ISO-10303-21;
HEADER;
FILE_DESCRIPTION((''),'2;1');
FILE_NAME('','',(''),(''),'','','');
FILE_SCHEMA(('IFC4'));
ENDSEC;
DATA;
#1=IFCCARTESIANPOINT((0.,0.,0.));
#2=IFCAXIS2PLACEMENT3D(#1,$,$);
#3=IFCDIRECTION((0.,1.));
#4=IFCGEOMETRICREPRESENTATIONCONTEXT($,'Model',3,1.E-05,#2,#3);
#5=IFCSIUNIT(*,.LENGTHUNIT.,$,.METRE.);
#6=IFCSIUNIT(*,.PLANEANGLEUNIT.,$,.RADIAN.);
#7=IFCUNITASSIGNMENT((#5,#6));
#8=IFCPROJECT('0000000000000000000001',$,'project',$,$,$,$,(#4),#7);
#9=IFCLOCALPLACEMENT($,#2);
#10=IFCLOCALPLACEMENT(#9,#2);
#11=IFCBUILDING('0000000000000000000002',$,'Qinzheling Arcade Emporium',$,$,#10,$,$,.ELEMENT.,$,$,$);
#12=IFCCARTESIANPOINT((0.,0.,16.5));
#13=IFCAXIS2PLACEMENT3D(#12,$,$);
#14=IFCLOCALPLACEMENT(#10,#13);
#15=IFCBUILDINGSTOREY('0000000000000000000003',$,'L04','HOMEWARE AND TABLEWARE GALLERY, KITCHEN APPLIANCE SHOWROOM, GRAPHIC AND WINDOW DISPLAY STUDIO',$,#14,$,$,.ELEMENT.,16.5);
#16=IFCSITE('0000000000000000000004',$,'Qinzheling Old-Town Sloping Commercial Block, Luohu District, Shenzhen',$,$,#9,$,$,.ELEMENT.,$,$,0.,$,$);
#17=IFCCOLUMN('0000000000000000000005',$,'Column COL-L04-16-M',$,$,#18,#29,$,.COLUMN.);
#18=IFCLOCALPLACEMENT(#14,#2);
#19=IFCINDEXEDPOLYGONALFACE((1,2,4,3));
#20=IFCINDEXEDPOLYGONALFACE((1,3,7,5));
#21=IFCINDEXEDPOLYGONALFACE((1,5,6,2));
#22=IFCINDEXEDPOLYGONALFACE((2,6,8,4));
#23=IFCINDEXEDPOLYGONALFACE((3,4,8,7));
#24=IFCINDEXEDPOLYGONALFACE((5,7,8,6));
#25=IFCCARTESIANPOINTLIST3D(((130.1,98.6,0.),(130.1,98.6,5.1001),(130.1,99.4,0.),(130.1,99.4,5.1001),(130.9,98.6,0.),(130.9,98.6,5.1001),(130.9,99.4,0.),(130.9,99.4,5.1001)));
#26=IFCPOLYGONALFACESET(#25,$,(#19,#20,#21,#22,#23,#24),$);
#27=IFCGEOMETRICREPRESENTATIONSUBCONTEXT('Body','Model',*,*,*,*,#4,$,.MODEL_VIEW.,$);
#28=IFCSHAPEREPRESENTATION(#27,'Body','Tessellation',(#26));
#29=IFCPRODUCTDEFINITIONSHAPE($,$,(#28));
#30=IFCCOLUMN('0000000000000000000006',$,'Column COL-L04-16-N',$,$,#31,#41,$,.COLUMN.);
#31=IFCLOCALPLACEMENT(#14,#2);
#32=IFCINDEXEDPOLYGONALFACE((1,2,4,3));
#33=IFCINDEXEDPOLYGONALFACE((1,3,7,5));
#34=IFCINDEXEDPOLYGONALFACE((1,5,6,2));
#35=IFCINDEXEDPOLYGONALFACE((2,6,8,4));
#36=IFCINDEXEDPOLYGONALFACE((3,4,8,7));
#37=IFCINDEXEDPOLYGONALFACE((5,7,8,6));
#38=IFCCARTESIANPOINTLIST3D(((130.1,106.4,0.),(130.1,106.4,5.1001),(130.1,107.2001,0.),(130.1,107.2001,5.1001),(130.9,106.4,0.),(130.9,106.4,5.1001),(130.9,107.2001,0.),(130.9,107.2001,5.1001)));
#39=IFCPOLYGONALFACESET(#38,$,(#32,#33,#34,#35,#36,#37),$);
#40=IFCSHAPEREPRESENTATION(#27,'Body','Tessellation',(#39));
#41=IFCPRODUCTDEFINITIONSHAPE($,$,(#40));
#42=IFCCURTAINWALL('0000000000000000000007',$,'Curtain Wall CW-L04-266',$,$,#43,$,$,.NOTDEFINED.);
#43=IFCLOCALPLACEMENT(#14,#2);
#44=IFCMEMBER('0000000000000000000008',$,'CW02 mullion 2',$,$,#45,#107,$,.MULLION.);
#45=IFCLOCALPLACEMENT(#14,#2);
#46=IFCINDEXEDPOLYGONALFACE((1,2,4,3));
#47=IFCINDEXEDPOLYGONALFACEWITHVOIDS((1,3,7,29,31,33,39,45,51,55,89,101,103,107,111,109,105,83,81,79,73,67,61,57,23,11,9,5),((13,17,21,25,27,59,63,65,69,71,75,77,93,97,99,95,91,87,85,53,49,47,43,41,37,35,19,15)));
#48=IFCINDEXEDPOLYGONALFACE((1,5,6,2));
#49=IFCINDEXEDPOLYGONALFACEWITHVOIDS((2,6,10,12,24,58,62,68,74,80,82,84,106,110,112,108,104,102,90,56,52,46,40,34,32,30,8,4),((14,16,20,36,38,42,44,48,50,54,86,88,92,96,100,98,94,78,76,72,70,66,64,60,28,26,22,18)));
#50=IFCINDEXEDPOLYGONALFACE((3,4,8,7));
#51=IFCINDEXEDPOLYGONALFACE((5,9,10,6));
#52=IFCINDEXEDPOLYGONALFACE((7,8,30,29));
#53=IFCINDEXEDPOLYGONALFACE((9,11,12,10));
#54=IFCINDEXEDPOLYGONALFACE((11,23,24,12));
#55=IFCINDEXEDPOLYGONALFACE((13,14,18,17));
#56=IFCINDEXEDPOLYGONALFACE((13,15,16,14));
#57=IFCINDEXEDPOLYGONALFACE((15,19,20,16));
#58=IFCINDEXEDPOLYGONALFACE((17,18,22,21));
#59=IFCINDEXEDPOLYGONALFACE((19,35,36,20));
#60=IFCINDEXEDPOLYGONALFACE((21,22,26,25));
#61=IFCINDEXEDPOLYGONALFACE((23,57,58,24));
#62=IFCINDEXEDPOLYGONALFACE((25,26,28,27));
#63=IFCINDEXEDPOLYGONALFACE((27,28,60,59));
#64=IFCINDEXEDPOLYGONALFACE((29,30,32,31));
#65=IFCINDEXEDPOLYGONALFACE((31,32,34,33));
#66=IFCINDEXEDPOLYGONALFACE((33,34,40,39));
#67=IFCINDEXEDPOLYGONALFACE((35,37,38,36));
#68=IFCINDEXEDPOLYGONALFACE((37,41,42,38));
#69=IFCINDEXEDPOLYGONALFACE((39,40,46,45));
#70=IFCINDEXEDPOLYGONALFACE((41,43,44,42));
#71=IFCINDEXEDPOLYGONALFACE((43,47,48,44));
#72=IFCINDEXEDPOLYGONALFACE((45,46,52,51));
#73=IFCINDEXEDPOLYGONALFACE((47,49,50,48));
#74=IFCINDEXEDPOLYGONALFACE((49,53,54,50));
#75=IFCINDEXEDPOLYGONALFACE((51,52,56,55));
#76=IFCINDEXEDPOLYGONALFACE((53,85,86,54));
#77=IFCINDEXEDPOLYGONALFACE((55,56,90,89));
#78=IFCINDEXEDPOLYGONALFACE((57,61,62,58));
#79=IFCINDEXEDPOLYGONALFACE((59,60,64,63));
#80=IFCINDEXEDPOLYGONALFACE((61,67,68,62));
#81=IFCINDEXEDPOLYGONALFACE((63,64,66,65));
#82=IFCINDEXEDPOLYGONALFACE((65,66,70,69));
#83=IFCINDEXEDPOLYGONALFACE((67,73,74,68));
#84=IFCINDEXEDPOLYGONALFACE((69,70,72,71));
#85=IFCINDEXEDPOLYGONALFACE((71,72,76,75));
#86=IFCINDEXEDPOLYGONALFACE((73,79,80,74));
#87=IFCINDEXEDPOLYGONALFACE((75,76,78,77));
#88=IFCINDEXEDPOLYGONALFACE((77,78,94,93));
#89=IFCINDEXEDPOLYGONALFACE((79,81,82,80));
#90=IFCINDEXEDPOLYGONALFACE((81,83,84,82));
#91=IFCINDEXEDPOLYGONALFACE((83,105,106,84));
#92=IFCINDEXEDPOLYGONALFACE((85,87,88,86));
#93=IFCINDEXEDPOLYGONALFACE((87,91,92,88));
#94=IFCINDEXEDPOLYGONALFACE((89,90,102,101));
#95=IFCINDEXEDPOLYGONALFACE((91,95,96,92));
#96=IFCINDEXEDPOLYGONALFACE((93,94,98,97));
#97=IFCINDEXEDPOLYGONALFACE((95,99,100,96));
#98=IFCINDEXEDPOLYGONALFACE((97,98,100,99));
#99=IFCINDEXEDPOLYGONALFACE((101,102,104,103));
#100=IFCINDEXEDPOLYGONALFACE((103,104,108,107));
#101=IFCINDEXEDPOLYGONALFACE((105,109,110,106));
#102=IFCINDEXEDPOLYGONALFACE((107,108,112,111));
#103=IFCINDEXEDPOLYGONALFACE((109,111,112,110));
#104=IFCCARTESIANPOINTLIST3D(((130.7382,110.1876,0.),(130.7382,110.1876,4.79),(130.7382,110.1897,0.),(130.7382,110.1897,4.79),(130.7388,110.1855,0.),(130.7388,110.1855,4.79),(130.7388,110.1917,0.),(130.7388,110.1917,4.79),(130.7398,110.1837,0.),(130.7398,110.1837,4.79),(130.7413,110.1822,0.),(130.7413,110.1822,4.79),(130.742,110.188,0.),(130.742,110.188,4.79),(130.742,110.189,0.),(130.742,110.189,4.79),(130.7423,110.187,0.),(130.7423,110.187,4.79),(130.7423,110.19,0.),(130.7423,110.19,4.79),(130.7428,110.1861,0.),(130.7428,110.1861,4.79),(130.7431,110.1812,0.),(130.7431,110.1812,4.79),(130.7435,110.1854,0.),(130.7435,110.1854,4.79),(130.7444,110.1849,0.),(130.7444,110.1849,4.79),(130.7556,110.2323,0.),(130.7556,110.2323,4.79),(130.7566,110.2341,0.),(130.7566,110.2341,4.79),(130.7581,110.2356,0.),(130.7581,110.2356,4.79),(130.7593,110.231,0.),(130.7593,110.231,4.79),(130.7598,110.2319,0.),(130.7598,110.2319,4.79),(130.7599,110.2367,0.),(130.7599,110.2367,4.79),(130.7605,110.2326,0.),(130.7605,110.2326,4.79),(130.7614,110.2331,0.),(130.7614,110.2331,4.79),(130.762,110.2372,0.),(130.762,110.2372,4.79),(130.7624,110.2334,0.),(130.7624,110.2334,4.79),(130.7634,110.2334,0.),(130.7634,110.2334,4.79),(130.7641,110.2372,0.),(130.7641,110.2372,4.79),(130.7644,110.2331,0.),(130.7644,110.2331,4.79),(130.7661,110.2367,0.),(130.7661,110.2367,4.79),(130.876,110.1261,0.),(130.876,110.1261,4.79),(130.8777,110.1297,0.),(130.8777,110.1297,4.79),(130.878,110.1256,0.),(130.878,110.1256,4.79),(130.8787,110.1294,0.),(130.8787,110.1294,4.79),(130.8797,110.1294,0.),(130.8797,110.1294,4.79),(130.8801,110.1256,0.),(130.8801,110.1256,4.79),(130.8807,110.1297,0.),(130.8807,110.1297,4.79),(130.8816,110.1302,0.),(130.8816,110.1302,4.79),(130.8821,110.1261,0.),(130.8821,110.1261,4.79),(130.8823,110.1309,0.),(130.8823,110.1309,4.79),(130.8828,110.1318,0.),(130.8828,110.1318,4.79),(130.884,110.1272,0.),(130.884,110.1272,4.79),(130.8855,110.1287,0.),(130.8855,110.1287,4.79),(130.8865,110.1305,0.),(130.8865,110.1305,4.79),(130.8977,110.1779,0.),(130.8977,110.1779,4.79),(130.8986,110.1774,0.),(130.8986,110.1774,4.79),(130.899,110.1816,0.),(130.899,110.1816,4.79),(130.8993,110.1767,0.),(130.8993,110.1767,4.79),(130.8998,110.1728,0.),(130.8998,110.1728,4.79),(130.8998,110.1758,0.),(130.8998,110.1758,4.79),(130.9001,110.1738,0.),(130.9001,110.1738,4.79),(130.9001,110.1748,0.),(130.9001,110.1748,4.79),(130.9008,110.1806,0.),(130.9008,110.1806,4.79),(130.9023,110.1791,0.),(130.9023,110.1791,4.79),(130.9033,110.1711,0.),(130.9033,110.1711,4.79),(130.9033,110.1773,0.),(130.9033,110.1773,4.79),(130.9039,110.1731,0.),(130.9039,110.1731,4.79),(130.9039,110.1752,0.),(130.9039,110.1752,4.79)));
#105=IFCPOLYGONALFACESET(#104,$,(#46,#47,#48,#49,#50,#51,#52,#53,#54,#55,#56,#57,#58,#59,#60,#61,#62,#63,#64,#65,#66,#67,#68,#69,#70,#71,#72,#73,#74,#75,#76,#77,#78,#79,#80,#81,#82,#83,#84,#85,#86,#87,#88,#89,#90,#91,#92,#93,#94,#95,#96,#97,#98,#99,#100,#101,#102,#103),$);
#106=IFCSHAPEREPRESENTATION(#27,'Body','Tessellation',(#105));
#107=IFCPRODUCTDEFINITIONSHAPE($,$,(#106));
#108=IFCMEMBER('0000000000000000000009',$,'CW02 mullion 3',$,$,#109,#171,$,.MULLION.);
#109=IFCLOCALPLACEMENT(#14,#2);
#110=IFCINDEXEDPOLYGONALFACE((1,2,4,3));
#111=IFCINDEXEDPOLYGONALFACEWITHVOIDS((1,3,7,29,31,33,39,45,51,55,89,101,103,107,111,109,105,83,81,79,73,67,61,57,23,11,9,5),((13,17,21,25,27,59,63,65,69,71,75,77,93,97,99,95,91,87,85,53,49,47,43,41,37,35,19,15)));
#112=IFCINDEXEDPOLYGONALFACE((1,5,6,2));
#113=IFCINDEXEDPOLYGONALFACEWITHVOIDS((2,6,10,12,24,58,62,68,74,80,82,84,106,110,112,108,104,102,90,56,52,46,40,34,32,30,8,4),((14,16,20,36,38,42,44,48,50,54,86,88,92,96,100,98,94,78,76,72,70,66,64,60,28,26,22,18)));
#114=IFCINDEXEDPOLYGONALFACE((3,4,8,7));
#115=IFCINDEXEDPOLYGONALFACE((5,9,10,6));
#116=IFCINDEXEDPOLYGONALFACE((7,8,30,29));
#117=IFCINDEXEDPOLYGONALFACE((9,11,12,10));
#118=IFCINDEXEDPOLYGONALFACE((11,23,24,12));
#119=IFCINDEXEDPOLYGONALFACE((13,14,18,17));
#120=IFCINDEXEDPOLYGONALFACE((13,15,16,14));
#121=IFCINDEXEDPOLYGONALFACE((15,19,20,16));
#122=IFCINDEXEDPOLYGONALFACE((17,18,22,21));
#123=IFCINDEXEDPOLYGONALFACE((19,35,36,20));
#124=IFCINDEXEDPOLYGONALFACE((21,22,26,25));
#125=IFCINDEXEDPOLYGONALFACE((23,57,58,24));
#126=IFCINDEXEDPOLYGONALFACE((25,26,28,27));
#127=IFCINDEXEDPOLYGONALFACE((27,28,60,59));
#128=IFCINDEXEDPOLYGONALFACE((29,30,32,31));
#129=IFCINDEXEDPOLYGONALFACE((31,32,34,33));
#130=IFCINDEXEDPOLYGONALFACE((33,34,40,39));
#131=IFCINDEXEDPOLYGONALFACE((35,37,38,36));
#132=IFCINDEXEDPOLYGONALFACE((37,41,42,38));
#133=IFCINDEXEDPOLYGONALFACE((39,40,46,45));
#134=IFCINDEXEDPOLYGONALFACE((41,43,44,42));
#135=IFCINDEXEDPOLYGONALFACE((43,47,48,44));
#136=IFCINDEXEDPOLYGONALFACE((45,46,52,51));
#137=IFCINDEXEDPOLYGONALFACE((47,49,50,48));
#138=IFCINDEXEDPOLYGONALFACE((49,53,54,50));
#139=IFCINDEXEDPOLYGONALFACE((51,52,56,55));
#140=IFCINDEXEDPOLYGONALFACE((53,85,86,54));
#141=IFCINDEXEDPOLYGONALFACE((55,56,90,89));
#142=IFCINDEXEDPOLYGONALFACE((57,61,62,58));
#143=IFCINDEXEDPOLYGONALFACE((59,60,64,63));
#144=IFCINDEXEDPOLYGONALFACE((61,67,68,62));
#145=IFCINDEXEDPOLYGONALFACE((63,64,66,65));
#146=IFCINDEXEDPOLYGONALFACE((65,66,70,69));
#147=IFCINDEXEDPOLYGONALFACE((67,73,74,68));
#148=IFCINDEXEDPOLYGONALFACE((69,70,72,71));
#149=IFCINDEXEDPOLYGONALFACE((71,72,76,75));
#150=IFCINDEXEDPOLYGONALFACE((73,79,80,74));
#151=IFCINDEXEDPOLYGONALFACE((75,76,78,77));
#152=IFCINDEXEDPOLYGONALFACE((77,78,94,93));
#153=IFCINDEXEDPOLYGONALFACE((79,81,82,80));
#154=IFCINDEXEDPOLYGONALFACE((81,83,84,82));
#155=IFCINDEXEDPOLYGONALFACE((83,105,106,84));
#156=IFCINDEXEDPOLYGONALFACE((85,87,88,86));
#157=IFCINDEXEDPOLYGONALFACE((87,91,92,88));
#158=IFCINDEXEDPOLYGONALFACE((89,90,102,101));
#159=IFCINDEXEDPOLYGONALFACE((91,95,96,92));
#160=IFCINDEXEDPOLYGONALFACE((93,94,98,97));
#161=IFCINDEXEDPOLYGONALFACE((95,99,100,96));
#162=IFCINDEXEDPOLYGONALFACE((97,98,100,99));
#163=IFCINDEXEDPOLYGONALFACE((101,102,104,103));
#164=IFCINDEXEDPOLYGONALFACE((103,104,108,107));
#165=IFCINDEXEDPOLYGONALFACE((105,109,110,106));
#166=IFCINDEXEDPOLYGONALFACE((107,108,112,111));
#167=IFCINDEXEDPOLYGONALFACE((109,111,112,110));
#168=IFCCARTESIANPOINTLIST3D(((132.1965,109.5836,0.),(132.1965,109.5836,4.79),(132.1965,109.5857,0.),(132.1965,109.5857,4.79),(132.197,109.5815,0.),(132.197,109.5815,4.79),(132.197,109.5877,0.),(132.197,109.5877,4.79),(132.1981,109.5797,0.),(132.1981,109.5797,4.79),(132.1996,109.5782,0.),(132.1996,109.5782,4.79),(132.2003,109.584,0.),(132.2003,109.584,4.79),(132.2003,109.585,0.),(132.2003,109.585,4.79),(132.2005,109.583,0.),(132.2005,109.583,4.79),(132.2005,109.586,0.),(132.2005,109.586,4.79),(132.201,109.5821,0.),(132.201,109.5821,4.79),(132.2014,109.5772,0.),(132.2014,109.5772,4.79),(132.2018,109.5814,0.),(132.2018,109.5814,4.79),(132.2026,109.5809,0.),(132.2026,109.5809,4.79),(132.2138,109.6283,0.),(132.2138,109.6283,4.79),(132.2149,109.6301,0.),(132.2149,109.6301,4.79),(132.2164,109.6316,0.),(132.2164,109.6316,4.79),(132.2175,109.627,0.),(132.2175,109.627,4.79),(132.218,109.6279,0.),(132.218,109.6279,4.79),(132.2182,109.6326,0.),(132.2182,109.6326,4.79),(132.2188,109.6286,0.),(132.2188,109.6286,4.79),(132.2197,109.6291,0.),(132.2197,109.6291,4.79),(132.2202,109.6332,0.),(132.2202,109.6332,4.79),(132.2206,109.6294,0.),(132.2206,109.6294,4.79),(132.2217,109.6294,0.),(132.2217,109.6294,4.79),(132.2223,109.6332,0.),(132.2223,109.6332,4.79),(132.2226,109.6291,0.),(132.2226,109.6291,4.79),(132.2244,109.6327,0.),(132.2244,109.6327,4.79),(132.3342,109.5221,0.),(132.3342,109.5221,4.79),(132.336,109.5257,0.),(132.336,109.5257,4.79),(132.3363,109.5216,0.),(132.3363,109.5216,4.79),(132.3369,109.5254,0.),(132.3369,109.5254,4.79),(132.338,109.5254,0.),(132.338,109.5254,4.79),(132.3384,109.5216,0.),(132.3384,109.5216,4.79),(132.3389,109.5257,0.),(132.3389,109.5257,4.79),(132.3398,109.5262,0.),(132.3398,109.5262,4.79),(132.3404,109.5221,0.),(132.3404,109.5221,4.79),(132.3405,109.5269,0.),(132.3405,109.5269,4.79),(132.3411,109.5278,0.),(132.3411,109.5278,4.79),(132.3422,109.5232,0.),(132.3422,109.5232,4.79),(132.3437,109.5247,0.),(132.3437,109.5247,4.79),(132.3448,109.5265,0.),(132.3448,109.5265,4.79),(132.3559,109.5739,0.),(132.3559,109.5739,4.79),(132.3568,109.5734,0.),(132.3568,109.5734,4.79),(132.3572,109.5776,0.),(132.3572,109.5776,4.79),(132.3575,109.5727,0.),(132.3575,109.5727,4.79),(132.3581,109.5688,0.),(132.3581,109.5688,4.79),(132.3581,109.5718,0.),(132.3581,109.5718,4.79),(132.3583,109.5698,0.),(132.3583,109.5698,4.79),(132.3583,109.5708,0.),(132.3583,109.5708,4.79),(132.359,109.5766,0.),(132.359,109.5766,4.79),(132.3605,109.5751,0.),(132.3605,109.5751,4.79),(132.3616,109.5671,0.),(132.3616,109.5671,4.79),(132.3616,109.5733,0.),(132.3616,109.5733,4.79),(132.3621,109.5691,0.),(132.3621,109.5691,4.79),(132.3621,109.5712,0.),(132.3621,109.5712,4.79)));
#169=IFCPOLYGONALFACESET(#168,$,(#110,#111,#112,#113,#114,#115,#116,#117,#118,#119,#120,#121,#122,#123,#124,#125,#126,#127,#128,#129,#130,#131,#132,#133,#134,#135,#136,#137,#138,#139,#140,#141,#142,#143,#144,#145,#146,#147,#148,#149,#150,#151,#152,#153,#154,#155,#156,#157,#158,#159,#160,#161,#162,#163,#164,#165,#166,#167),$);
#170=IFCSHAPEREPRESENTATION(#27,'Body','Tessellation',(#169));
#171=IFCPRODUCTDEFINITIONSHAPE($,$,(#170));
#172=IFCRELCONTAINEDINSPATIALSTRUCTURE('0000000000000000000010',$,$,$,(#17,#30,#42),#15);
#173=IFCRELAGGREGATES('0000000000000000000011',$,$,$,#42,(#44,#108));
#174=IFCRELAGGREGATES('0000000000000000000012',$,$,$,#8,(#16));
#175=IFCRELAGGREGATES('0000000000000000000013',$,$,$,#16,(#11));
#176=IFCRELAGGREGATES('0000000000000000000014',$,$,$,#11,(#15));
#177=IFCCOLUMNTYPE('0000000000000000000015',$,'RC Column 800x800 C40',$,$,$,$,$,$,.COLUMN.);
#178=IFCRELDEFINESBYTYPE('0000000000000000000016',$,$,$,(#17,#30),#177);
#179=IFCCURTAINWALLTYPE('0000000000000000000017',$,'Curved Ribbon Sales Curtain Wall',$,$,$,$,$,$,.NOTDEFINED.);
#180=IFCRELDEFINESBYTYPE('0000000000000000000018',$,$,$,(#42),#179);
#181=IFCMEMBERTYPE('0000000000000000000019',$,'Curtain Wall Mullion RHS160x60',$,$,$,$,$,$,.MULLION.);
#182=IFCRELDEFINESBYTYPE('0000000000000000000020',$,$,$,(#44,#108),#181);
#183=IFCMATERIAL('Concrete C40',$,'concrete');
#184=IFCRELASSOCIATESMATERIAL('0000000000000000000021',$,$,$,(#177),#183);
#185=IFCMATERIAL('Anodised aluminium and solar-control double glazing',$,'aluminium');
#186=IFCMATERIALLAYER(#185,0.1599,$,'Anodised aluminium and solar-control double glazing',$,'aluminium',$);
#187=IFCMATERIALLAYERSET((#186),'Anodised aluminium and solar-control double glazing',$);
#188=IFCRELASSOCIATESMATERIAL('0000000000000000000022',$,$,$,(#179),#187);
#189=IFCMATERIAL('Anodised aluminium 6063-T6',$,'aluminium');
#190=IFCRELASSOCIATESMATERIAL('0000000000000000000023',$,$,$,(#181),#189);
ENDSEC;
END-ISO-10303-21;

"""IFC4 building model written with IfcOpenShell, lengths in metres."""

from ifc_helpers import new_model, si_unit, direction, frame, origin, origin_2d, place, context, subcontext, project, spatial, rectangle, hollow_rectangle, extrude, material, layer, layer_set, material_profile, profile_set, type_object, element, aggregate, save


model = new_model("IFC4")

# Units and contexts
model_context = context("Model", 3, precision=1e-05, world=origin(), true_north=direction((0.0, 1.0)))
body_context = subcontext(model_context, "Body", "Model", "MODEL_VIEW")
ifc_project = project(units=[si_unit("LENGTHUNIT", "METRE"), si_unit("PLANEANGLEUNIT", "RADIAN")], contexts=[model_context])

# Site, building, storey
site_placement = place(None, origin())
site = spatial("IfcSite", under=ifc_project, at=site_placement, Name="Qinzheling Old-Town Sloping Commercial Block, Luohu District, Shenzhen", CompositionType="ELEMENT", RefElevation=0.0)
building_placement = place(site_placement, origin())
building = spatial("IfcBuilding", under=site, at=building_placement, Name="Qinzheling Arcade Emporium", CompositionType="ELEMENT")
storey_placement = place(building_placement, frame((0.0, 0.0, 16.5)))
storey = spatial("IfcBuildingStorey", under=building, at=storey_placement, Name="L04", Description="HOMEWARE AND TABLEWARE GALLERY, KITCHEN APPLIANCE SHOWROOM, GRAPHIC AND WINDOW DISPLAY STUDIO", CompositionType="ELEMENT", Elevation=16.5)

# Columns
ifc_material_1 = material(Name="Concrete C40", Category="concrete")
ifc_material_profile_1 = material_profile(ifc_material_1, rectangle(XDim=0.8, YDim=0.8, at=origin_2d()), Name="RC 800x800", Category="concrete")
ifc_profile_set_1 = profile_set([ifc_material_profile_1], Name="Concrete C40")
column_type = type_object("IfcColumnType", Name="RC Column 800x800 C40", PredefinedType="COLUMN", material=ifc_profile_set_1)
for number, where, z_axis, x_axis, name in (
    (1, (130.5, 99.0, 0.0), (0.0, 0.0, 1.0), (1.0, 0.0, 0.0), "Column COL-L04-16-M"),
    (2, (130.5, 106.8, 0.0), (0.0, 0.0, 1.0), (1.0, 0.0, 0.0), "Column COL-L04-16-N"),
):
    element("IfcColumn", number, at=place(storey_placement, frame(where, z_axis=z_axis, x_axis=x_axis)), inside=storey, type_object=column_type, Name=name, PredefinedType="COLUMN", context=body_context, shape_type="SweptSolid", body=[
        extrude(rectangle(XDim=0.8, YDim=0.8, at=origin_2d()), origin(), (0.0, 0.0, 1.0), 5.1001),
    ])

# Curtain wall, members
ifc_material_2 = material(Name="Anodised aluminium and solar-control double glazing", Category="aluminium")
ifc_layer_1 = layer(ifc_material_2, 0.1599, Name="Anodised aluminium and solar-control double glazing", Category="aluminium")
ifc_layer_set_1 = layer_set([ifc_layer_1], Name="Anodised aluminium and solar-control double glazing")
curtain_wall_type = type_object("IfcCurtainWallType", Name="Curved Ribbon Sales Curtain Wall", PredefinedType="NOTDEFINED", material=ifc_layer_set_1)
curtain_wall_1_placement = place(storey_placement, origin())
curtain_wall_1 = element("IfcCurtainWall", 3, at=curtain_wall_1_placement, inside=storey, type_object=curtain_wall_type, Name="Curtain Wall CW-L04-266", PredefinedType="NOTDEFINED")
ifc_material_3 = material(Name="Anodised aluminium 6063-T6", Category="aluminium")
ifc_material_profile_2 = material_profile(ifc_material_3, hollow_rectangle(XDim=0.0601, YDim=0.1599, WallThickness=0.0039, InnerFilletRadius=0.0039, OuterFilletRadius=0.0081, at=origin_2d()), Name="RHS 160x60x4", Category="aluminium")
ifc_profile_set_2 = profile_set([ifc_material_profile_2], Name="Anodised aluminium 6063-T6")
member_type_1 = type_object("IfcMemberType", Name="Curtain Wall Mullion RHS160x60", PredefinedType="MULLION", material=ifc_profile_set_2)
member_1_placement = place(storey_placement, frame((130.821, 110.1814, 0.0), z_axis=(0.0, 0.0, 1.0), x_axis=(0.382672, 0.923884, 0.0)))
member_1 = element("IfcMember", 4, at=member_1_placement, type_object=member_type_1, Name="CW02 mullion 2", PredefinedType="MULLION", context=body_context, shape_type="SweptSolid", body=[
    extrude(hollow_rectangle(XDim=0.0601, YDim=0.1599, WallThickness=0.0039, InnerFilletRadius=0.0039, OuterFilletRadius=0.0081, at=origin_2d()), origin(), (0.0, 0.0, 1.0), 4.79),
])
member_2_placement = place(storey_placement, frame((132.2793, 109.5774, 0.0), z_axis=(0.0, 0.0, 1.0), x_axis=(0.382672, 0.923884, 0.0)))
member_2 = element("IfcMember", 5, at=member_2_placement, type_object=member_type_1, Name="CW02 mullion 3", PredefinedType="MULLION", context=body_context, shape_type="SweptSolid", body=[
    extrude(hollow_rectangle(XDim=0.0601, YDim=0.1599, WallThickness=0.0039, InnerFilletRadius=0.0039, OuterFilletRadius=0.0081, at=origin_2d()), origin(), (0.0, 0.0, 1.0), 4.79),
])

aggregate(curtain_wall_1, [member_1, member_2])

save(model, "model.ifc")
